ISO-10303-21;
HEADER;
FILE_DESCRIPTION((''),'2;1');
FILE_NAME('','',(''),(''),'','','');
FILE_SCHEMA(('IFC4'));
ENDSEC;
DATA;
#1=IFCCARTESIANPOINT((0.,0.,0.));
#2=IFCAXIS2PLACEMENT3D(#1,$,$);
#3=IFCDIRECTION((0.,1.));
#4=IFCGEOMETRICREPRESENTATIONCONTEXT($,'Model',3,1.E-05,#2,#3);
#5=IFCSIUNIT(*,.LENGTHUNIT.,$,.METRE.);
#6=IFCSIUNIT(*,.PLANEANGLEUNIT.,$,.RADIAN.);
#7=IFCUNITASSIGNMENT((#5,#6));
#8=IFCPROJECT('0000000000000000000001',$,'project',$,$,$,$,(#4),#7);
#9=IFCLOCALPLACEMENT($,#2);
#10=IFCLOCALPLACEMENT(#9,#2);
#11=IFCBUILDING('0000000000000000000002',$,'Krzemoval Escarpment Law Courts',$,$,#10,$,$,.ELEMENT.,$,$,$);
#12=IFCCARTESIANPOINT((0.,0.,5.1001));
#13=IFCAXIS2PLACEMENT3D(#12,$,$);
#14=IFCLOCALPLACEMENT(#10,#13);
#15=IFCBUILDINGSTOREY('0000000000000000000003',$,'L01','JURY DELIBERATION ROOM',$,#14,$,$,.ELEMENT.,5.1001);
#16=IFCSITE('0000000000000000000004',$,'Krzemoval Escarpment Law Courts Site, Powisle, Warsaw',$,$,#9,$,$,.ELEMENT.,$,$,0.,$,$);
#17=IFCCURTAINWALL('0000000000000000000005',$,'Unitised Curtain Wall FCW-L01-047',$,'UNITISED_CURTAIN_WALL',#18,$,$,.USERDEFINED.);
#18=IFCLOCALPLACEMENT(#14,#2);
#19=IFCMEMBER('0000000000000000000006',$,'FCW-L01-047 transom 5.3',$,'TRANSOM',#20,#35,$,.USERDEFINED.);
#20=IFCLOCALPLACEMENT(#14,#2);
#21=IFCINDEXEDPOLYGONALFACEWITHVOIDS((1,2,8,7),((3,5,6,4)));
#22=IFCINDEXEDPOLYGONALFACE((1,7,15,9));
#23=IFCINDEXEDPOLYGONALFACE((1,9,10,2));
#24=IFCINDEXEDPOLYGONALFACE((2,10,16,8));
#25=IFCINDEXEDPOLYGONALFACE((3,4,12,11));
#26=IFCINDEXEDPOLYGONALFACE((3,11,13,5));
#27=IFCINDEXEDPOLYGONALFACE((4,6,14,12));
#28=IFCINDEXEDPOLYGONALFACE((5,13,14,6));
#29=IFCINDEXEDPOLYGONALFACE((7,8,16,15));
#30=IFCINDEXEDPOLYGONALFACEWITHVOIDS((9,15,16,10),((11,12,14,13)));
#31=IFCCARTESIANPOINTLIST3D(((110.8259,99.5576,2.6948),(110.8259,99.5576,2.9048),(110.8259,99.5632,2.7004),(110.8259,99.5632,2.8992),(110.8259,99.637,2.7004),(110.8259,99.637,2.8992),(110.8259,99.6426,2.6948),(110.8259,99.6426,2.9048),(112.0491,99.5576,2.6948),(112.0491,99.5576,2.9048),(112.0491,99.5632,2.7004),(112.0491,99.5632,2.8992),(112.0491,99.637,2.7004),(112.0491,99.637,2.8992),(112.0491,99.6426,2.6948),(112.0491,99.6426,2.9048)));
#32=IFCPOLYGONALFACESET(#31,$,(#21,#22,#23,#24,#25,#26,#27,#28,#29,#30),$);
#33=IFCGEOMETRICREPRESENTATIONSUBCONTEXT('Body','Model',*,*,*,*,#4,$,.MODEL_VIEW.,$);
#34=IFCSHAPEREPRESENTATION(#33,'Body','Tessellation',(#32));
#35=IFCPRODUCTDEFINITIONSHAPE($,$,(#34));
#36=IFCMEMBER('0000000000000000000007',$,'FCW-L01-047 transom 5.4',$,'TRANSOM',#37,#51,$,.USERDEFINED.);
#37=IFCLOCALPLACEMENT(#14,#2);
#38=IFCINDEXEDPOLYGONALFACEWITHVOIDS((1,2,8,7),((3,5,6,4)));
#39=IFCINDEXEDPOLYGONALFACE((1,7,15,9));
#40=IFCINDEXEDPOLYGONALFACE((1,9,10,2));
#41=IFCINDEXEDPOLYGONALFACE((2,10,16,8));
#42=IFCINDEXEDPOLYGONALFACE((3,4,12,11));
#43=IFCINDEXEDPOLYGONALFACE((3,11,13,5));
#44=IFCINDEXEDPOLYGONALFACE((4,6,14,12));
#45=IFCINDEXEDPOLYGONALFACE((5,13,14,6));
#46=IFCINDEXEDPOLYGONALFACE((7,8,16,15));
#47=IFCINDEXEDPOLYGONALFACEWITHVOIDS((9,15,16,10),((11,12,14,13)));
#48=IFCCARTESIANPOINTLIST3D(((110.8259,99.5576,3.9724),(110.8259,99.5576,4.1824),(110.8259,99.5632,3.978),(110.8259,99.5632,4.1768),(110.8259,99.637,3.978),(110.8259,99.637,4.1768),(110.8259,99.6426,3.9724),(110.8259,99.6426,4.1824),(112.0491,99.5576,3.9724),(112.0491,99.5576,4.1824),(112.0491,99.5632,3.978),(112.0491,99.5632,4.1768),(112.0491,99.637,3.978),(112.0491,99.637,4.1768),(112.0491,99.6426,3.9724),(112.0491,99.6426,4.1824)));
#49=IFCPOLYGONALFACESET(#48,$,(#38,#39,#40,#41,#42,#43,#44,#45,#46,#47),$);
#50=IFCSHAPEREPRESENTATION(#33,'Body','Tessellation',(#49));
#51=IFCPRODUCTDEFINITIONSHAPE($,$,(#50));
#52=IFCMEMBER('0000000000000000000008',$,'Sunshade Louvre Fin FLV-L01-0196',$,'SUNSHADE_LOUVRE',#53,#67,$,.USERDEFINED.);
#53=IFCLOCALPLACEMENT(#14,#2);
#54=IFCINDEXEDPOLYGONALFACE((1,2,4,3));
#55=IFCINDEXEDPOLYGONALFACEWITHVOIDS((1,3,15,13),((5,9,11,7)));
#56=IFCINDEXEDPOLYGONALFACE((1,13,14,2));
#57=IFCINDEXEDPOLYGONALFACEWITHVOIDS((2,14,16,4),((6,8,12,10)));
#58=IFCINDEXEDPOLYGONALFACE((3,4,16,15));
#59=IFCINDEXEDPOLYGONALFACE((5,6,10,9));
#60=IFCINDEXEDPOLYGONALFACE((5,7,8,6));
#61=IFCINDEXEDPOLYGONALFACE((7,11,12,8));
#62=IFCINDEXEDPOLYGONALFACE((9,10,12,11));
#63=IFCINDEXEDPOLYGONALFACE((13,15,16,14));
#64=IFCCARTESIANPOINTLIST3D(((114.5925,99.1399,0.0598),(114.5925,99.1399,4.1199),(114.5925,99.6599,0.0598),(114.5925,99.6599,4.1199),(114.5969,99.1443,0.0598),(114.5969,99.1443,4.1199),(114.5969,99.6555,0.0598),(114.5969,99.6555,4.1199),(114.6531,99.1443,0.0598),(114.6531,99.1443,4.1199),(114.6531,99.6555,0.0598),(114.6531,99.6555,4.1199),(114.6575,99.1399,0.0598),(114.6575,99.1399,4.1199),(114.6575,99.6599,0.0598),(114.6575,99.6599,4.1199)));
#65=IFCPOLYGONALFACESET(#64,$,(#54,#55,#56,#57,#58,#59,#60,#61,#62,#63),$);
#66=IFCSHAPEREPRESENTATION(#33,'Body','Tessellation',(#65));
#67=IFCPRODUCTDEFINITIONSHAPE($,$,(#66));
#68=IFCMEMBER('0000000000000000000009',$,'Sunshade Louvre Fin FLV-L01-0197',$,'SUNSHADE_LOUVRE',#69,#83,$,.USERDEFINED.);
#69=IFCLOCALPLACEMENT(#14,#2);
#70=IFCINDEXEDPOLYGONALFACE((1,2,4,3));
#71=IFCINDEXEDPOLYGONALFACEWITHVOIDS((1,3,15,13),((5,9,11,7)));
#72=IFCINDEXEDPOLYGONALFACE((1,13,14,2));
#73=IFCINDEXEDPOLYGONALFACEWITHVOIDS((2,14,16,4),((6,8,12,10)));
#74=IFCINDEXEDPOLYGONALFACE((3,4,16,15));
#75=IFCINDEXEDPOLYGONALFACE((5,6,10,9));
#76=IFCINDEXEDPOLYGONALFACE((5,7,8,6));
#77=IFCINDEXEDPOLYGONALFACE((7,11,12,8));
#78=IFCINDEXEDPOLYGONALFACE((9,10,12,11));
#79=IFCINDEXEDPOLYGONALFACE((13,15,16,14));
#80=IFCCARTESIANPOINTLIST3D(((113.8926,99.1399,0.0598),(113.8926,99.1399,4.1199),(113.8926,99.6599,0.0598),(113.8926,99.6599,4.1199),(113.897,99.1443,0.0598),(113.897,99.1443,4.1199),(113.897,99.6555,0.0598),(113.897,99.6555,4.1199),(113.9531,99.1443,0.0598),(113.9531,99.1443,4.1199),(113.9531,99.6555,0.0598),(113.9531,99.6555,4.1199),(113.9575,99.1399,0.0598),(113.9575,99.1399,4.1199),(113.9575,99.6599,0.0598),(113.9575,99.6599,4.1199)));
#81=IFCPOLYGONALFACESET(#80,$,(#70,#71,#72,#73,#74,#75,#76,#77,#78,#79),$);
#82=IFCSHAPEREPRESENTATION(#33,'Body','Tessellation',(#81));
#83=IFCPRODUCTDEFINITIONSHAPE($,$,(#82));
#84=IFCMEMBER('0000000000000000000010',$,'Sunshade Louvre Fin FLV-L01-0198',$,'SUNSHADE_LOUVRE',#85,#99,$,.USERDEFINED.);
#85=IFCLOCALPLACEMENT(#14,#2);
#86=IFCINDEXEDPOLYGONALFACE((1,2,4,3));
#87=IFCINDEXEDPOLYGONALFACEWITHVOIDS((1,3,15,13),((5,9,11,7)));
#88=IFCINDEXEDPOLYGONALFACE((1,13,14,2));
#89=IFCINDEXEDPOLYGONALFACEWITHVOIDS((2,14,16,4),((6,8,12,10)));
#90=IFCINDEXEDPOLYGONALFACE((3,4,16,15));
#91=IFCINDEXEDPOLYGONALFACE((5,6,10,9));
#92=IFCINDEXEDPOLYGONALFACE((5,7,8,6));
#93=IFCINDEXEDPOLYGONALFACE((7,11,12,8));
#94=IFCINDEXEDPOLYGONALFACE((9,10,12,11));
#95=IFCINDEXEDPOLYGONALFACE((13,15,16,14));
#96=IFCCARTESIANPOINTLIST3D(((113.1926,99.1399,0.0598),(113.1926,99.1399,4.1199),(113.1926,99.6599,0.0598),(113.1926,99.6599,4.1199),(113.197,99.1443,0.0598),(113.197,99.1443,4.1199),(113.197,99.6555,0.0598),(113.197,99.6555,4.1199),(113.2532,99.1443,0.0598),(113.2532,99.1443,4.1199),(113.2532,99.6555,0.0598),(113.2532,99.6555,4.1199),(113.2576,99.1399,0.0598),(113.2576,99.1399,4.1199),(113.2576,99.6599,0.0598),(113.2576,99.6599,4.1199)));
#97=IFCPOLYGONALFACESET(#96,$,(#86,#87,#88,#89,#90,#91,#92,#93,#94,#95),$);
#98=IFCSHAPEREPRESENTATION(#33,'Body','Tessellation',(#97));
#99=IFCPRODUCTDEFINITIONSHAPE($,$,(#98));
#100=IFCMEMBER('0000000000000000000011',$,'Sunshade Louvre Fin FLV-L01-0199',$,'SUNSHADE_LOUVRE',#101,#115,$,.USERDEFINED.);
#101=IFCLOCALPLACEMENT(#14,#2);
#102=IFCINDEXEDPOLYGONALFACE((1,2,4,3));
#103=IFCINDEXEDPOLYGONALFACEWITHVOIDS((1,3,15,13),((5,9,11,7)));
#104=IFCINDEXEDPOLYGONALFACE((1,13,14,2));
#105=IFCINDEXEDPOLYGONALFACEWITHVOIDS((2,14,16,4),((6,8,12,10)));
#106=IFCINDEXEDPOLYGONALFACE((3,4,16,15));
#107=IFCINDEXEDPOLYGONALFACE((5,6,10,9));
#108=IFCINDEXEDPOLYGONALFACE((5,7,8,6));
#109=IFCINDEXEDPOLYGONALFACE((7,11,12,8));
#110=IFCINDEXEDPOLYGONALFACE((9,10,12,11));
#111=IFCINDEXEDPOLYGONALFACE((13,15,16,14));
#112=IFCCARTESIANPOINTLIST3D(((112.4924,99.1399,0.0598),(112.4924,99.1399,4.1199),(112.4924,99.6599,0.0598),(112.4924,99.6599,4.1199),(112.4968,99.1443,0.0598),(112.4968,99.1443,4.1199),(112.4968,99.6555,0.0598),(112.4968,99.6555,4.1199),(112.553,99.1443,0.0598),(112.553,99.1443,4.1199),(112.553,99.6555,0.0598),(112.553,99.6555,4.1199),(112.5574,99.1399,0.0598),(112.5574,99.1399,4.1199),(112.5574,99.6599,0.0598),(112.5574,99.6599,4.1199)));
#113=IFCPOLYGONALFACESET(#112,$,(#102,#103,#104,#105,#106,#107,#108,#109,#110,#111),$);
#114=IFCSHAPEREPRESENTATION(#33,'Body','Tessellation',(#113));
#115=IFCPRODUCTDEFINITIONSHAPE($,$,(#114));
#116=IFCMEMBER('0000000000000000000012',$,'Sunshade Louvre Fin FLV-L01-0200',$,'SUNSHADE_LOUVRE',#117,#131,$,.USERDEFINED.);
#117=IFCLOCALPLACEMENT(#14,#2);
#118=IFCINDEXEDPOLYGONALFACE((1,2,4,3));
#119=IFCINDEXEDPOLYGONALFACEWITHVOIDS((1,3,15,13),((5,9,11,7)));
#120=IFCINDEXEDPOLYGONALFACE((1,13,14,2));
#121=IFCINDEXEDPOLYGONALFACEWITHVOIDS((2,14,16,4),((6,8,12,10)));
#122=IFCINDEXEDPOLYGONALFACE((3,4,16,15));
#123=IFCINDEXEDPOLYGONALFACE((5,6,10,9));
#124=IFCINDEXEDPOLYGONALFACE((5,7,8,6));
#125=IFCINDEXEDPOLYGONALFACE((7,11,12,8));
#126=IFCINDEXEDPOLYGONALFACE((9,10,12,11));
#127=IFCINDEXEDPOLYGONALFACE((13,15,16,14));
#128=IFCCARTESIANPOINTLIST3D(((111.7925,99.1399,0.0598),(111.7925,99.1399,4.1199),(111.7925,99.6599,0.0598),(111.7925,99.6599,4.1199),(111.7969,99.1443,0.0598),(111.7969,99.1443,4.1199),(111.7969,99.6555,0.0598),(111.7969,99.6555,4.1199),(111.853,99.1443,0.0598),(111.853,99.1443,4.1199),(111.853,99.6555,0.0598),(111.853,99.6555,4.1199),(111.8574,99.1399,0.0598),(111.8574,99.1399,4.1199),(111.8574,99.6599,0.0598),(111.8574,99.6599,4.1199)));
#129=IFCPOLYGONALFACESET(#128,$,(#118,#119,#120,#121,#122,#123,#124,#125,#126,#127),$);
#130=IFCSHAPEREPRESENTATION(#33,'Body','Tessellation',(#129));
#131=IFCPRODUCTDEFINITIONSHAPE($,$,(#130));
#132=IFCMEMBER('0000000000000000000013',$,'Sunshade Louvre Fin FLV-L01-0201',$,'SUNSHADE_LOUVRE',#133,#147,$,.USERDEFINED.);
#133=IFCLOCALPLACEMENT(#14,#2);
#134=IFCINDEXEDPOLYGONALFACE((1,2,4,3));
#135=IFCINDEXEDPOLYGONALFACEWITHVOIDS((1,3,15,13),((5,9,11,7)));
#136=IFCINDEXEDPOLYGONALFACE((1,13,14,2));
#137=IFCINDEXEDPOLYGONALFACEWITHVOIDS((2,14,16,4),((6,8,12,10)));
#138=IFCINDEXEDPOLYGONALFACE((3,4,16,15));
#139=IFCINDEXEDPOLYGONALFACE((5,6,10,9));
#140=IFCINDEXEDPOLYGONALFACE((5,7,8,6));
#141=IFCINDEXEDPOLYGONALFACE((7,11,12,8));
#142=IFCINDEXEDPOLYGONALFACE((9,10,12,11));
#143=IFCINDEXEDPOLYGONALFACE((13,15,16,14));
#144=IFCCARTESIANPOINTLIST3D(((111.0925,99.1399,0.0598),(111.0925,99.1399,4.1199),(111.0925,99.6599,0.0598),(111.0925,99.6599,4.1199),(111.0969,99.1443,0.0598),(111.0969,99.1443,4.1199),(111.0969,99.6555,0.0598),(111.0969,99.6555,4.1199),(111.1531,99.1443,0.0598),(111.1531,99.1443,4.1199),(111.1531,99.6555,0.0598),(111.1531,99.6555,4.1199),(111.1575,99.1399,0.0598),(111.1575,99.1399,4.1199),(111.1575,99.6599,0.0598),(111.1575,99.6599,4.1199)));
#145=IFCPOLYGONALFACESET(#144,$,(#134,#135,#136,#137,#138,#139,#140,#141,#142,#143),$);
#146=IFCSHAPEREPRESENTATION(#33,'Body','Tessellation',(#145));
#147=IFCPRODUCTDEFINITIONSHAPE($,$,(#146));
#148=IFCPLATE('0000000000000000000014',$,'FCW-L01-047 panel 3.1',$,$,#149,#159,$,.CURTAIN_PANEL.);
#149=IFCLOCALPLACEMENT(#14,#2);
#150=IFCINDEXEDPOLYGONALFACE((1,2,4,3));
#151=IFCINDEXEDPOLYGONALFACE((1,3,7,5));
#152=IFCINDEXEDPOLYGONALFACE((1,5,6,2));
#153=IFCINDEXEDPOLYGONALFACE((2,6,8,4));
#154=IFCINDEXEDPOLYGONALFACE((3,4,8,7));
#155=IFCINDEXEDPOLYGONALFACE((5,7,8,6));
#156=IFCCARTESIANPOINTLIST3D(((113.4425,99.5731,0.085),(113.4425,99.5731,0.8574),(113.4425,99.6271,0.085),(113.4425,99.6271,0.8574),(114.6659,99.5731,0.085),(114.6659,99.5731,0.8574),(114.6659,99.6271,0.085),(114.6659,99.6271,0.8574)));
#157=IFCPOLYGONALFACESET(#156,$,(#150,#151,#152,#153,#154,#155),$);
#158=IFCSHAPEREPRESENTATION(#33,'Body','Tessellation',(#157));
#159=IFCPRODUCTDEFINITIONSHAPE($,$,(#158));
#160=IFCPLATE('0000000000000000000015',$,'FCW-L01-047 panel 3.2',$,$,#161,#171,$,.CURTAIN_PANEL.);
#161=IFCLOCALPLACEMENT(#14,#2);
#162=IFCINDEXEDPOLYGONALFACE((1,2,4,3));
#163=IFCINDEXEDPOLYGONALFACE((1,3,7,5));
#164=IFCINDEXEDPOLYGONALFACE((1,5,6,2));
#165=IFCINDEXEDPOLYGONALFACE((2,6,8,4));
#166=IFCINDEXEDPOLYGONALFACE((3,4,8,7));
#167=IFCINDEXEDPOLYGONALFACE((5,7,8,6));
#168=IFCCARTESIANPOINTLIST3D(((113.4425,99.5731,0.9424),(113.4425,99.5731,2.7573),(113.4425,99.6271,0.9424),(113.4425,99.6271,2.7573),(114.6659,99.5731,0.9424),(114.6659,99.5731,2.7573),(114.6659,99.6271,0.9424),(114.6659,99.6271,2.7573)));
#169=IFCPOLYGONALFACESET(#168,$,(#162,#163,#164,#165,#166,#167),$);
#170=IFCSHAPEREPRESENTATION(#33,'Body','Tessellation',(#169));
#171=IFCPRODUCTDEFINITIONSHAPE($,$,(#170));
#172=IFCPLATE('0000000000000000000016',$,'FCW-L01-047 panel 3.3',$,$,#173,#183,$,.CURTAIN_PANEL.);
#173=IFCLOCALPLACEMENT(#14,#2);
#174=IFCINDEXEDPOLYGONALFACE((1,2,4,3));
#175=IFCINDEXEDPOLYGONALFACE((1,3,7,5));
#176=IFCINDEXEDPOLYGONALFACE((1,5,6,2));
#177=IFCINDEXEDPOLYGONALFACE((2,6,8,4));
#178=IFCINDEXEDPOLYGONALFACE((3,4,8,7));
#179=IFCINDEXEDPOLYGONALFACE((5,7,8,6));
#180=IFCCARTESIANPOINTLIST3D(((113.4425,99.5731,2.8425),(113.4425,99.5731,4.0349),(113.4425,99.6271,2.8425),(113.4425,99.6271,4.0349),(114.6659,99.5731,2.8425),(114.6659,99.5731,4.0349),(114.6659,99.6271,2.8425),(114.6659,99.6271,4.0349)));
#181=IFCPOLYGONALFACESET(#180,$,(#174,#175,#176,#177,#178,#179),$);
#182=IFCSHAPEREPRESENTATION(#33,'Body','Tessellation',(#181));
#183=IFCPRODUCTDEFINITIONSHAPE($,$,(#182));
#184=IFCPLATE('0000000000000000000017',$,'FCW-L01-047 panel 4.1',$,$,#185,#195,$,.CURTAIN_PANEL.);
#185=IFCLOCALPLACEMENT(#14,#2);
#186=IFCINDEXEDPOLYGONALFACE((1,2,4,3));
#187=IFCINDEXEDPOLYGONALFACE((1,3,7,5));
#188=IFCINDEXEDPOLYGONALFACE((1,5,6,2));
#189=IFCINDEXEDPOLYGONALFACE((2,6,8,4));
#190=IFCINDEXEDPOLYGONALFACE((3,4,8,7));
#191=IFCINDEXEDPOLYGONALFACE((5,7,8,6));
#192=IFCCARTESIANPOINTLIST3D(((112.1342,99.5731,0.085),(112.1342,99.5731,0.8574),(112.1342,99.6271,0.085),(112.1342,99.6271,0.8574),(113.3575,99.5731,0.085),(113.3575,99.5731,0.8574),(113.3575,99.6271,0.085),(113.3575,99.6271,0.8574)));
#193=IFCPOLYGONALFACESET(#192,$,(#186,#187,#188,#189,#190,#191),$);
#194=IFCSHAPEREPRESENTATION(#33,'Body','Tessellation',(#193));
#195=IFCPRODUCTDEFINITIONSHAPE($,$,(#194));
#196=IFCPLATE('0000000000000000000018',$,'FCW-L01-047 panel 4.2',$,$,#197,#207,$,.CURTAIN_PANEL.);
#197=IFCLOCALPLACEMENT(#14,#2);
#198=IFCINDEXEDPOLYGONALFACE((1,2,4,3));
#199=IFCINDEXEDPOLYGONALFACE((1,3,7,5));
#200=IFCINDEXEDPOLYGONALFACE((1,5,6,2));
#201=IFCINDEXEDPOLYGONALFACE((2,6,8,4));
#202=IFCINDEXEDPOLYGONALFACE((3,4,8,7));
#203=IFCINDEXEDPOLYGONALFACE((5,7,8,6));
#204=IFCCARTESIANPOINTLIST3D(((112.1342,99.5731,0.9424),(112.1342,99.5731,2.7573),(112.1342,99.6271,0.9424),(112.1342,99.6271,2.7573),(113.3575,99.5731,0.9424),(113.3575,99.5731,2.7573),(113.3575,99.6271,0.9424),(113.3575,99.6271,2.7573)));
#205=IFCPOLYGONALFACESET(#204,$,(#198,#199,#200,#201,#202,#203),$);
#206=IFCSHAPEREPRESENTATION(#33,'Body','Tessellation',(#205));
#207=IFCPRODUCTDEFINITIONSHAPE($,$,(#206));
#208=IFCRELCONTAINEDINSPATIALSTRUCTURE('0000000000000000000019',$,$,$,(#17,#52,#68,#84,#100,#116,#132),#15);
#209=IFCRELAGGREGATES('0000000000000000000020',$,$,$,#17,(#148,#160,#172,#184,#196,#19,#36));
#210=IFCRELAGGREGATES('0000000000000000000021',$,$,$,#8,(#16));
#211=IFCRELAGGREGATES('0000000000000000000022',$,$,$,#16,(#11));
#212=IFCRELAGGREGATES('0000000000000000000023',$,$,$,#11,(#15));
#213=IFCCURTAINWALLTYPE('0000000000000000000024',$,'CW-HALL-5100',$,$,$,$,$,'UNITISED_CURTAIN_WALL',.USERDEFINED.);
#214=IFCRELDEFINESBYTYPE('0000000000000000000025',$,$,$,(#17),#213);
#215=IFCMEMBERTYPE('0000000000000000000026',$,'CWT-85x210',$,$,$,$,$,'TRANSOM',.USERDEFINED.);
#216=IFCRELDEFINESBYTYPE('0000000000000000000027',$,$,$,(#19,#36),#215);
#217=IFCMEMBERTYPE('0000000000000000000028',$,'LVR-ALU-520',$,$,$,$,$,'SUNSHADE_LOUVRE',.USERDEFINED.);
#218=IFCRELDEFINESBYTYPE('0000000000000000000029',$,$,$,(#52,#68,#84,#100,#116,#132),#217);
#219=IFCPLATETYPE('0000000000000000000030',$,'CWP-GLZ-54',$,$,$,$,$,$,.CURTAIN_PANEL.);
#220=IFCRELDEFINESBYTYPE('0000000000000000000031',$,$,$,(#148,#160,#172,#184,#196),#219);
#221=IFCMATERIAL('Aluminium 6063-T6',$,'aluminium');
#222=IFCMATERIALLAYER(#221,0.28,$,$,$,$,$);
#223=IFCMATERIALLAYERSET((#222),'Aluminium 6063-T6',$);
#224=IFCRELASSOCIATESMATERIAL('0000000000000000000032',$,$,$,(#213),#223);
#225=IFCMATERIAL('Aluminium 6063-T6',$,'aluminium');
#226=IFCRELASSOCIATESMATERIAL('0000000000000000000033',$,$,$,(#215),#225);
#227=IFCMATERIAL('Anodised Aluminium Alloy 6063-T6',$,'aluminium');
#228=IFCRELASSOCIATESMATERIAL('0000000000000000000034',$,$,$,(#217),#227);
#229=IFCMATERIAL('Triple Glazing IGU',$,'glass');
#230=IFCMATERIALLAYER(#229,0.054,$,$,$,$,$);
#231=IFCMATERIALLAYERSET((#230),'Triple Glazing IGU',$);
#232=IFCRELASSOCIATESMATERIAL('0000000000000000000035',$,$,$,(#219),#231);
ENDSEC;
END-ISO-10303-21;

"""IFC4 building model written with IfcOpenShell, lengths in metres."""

from ifc_helpers import new_model, si_unit, direction, frame, origin, origin_2d, place, context, subcontext, project, spatial, rectangle, hollow_rectangle, extrude, material, layer, layer_set, material_profile, profile_set, type_object, element, aggregate, save


model = new_model("IFC4")

# Units and contexts
model_context = context("Model", 3, precision=1e-05, world=origin(), true_north=direction((0.0, 1.0)))
body_context = subcontext(model_context, "Body", "Model", "MODEL_VIEW")
ifc_project = project(units=[si_unit("LENGTHUNIT", "METRE"), si_unit("PLANEANGLEUNIT", "RADIAN")], contexts=[model_context])

# Site, building, storey
site_placement = place(None, origin())
site = spatial("IfcSite", under=ifc_project, at=site_placement, Name="Krzemoval Escarpment Law Courts Site, Powisle, Warsaw", CompositionType="ELEMENT", RefElevation=0.0)
building_placement = place(site_placement, origin())
building = spatial("IfcBuilding", under=site, at=building_placement, Name="Krzemoval Escarpment Law Courts", CompositionType="ELEMENT")
storey_placement = place(building_placement, frame((0.0, 0.0, 5.1001)))
storey = spatial("IfcBuildingStorey", under=building, at=storey_placement, Name="L01", Description="JURY DELIBERATION ROOM", CompositionType="ELEMENT", Elevation=5.1001)

# Curtain wall, members
ifc_material_1 = material(Name="Aluminium 6063-T6", Category="aluminium")
ifc_layer_1 = layer(ifc_material_1, 0.28)
ifc_layer_set_1 = layer_set([ifc_layer_1], Name="Aluminium 6063-T6")
curtain_wall_type = type_object("IfcCurtainWallType", Name="CW-HALL-5100", ElementType="UNITISED_CURTAIN_WALL", PredefinedType="USERDEFINED", material=ifc_layer_set_1)
curtain_wall_placement = place(storey_placement, origin())
curtain_wall = element("IfcCurtainWall", 1, at=curtain_wall_placement, inside=storey, type_object=curtain_wall_type, Name="Unitised Curtain Wall FCW-L01-047", ObjectType="UNITISED_CURTAIN_WALL", PredefinedType="USERDEFINED")
ifc_material_2 = material(Name="Aluminium 6063-T6", Category="aluminium")
ifc_material_profile_1 = material_profile(ifc_material_2, hollow_rectangle(XDim=0.085, YDim=0.21, WallThickness=0.0056, at=origin_2d()), Name="ALU T85x210")
ifc_profile_set_1 = profile_set([ifc_material_profile_1], Name="Aluminium 6063-T6")
member_type_1 = type_object("IfcMemberType", Name="CWT-85x210", ElementType="TRANSOM", PredefinedType="USERDEFINED", material=ifc_profile_set_1)
member_1_placement = place(storey_placement, frame((112.0491, 99.6001, 2.7998), z_axis=(-1.0, 0.0, 0.0), x_axis=(0.0, -1.0, 0.0)))
member_1 = element("IfcMember", 2, at=member_1_placement, type_object=member_type_1, Name="FCW-L01-047 transom 5.3", ObjectType="TRANSOM", PredefinedType="USERDEFINED", context=body_context, shape_type="SweptSolid", body=[
    extrude(hollow_rectangle(XDim=0.085, YDim=0.21, WallThickness=0.0056, at=origin_2d()), origin(), (0.0, 0.0, 1.0), 1.2231),
])
member_2_placement = place(storey_placement, frame((112.0491, 99.6001, 4.0774), z_axis=(-1.0, 0.0, 0.0), x_axis=(0.0, -1.0, 0.0)))
member_2 = element("IfcMember", 3, at=member_2_placement, type_object=member_type_1, Name="FCW-L01-047 transom 5.4", ObjectType="TRANSOM", PredefinedType="USERDEFINED", context=body_context, shape_type="SweptSolid", body=[
    extrude(hollow_rectangle(XDim=0.085, YDim=0.21, WallThickness=0.0056, at=origin_2d()), origin(), (0.0, 0.0, 1.0), 1.2231),
])

# Members
ifc_material_3 = material(Name="Anodised Aluminium Alloy 6063-T6", Category="aluminium")
ifc_material_profile_2 = material_profile(ifc_material_3, hollow_rectangle(XDim=0.0649, YDim=0.52, WallThickness=0.0044, at=origin_2d()), Name="ALU LVR 65x520")
ifc_profile_set_2 = profile_set([ifc_material_profile_2], Name="Anodised Aluminium Alloy 6063-T6")
member_type_2 = type_object("IfcMemberType", Name="LVR-ALU-520", ElementType="SUNSHADE_LOUVRE", PredefinedType="USERDEFINED", material=ifc_profile_set_2)
for number, where, z_axis, x_axis, name in (
    (4, (114.625, 99.3999, 0.0598), (0.0, 0.0, 1.0), (1.0, 0.0, 0.0), "Sunshade Louvre Fin FLV-L01-0196"),
    (5, (113.925, 99.3999, 0.0598), (0.0, 0.0, 1.0), (1.0, 0.0, 0.0), "Sunshade Louvre Fin FLV-L01-0197"),
    (6, (113.2251, 99.3999, 0.0598), (0.0, 0.0, 1.0), (1.0, 0.0, 0.0), "Sunshade Louvre Fin FLV-L01-0198"),
    (7, (112.5249, 99.3999, 0.0598), (0.0, 0.0, 1.0), (1.0, 0.0, 0.0), "Sunshade Louvre Fin FLV-L01-0199"),
    (8, (111.825, 99.3999, 0.0598), (0.0, 0.0, 1.0), (1.0, 0.0, 0.0), "Sunshade Louvre Fin FLV-L01-0200"),
    (9, (111.125, 99.3999, 0.0598), (0.0, 0.0, 1.0), (1.0, 0.0, 0.0), "Sunshade Louvre Fin FLV-L01-0201"),
):
    element("IfcMember", number, at=place(storey_placement, frame(where, z_axis=z_axis, x_axis=x_axis)), inside=storey, type_object=member_type_2, Name=name, ObjectType="SUNSHADE_LOUVRE", PredefinedType="USERDEFINED", context=body_context, shape_type="SweptSolid", body=[
        extrude(hollow_rectangle(XDim=0.0649, YDim=0.52, WallThickness=0.0044, at=origin_2d()), origin(), (0.0, 0.0, 1.0), 4.0601),
    ])

# Plates
ifc_material_4 = material(Name="Triple Glazing IGU", Category="glass")
ifc_layer_2 = layer(ifc_material_4, 0.054)
ifc_layer_set_2 = layer_set([ifc_layer_2], Name="Triple Glazing IGU")
plate_type = type_object("IfcPlateType", Name="CWP-GLZ-54", PredefinedType="CURTAIN_PANEL", material=ifc_layer_set_2)
plate_1_placement = place(storey_placement, frame((114.0542, 99.6001, 0.085), z_axis=(0.0, 0.0, 1.0), x_axis=(-1.0, 0.0, 0.0)))
plate_1 = element("IfcPlate", 10, at=plate_1_placement, type_object=plate_type, Name="FCW-L01-047 panel 3.1", PredefinedType="CURTAIN_PANEL", context=body_context, shape_type="SweptSolid", body=[
    extrude(rectangle(XDim=1.2234, YDim=0.054, at=origin_2d()), origin(), (0.0, 0.0, 1.0), 0.7725),
])
plate_2_placement = place(storey_placement, frame((114.0542, 99.6001, 0.9424), z_axis=(0.0, 0.0, 1.0), x_axis=(-1.0, 0.0, 0.0)))
plate_2 = element("IfcPlate", 11, at=plate_2_placement, type_object=plate_type, Name="FCW-L01-047 panel 3.2", PredefinedType="CURTAIN_PANEL", context=body_context, shape_type="SweptSolid", body=[
    extrude(rectangle(XDim=1.2234, YDim=0.054, at=origin_2d()), origin(), (0.0, 0.0, 1.0), 1.8149),
])
plate_3_placement = place(storey_placement, frame((114.0542, 99.6001, 2.8425), z_axis=(0.0, 0.0, 1.0), x_axis=(-1.0, 0.0, 0.0)))
plate_3 = element("IfcPlate", 12, at=plate_3_placement, type_object=plate_type, Name="FCW-L01-047 panel 3.3", PredefinedType="CURTAIN_PANEL", context=body_context, shape_type="SweptSolid", body=[
    extrude(rectangle(XDim=1.2234, YDim=0.054, at=origin_2d()), origin(), (0.0, 0.0, 1.0), 1.1924),
])
plate_4_placement = place(storey_placement, frame((112.7458, 99.6001, 0.085), z_axis=(0.0, 0.0, 1.0), x_axis=(-1.0, 0.0, 0.0)))
plate_4 = element("IfcPlate", 13, at=plate_4_placement, type_object=plate_type, Name="FCW-L01-047 panel 4.1", PredefinedType="CURTAIN_PANEL", context=body_context, shape_type="SweptSolid", body=[
    extrude(rectangle(XDim=1.2234, YDim=0.054, at=origin_2d()), origin(), (0.0, 0.0, 1.0), 0.7725),
])
plate_5_placement = place(storey_placement, frame((112.7458, 99.6001, 0.9424), z_axis=(0.0, 0.0, 1.0), x_axis=(-1.0, 0.0, 0.0)))
plate_5 = element("IfcPlate", 14, at=plate_5_placement, type_object=plate_type, Name="FCW-L01-047 panel 4.2", PredefinedType="CURTAIN_PANEL", context=body_context, shape_type="SweptSolid", body=[
    extrude(rectangle(XDim=1.2234, YDim=0.054, at=origin_2d()), origin(), (0.0, 0.0, 1.0), 1.8149),
])
aggregate(curtain_wall, [plate_1, plate_2, plate_3, plate_4, plate_5, member_1, member_2])

save(model, "model.ifc")
